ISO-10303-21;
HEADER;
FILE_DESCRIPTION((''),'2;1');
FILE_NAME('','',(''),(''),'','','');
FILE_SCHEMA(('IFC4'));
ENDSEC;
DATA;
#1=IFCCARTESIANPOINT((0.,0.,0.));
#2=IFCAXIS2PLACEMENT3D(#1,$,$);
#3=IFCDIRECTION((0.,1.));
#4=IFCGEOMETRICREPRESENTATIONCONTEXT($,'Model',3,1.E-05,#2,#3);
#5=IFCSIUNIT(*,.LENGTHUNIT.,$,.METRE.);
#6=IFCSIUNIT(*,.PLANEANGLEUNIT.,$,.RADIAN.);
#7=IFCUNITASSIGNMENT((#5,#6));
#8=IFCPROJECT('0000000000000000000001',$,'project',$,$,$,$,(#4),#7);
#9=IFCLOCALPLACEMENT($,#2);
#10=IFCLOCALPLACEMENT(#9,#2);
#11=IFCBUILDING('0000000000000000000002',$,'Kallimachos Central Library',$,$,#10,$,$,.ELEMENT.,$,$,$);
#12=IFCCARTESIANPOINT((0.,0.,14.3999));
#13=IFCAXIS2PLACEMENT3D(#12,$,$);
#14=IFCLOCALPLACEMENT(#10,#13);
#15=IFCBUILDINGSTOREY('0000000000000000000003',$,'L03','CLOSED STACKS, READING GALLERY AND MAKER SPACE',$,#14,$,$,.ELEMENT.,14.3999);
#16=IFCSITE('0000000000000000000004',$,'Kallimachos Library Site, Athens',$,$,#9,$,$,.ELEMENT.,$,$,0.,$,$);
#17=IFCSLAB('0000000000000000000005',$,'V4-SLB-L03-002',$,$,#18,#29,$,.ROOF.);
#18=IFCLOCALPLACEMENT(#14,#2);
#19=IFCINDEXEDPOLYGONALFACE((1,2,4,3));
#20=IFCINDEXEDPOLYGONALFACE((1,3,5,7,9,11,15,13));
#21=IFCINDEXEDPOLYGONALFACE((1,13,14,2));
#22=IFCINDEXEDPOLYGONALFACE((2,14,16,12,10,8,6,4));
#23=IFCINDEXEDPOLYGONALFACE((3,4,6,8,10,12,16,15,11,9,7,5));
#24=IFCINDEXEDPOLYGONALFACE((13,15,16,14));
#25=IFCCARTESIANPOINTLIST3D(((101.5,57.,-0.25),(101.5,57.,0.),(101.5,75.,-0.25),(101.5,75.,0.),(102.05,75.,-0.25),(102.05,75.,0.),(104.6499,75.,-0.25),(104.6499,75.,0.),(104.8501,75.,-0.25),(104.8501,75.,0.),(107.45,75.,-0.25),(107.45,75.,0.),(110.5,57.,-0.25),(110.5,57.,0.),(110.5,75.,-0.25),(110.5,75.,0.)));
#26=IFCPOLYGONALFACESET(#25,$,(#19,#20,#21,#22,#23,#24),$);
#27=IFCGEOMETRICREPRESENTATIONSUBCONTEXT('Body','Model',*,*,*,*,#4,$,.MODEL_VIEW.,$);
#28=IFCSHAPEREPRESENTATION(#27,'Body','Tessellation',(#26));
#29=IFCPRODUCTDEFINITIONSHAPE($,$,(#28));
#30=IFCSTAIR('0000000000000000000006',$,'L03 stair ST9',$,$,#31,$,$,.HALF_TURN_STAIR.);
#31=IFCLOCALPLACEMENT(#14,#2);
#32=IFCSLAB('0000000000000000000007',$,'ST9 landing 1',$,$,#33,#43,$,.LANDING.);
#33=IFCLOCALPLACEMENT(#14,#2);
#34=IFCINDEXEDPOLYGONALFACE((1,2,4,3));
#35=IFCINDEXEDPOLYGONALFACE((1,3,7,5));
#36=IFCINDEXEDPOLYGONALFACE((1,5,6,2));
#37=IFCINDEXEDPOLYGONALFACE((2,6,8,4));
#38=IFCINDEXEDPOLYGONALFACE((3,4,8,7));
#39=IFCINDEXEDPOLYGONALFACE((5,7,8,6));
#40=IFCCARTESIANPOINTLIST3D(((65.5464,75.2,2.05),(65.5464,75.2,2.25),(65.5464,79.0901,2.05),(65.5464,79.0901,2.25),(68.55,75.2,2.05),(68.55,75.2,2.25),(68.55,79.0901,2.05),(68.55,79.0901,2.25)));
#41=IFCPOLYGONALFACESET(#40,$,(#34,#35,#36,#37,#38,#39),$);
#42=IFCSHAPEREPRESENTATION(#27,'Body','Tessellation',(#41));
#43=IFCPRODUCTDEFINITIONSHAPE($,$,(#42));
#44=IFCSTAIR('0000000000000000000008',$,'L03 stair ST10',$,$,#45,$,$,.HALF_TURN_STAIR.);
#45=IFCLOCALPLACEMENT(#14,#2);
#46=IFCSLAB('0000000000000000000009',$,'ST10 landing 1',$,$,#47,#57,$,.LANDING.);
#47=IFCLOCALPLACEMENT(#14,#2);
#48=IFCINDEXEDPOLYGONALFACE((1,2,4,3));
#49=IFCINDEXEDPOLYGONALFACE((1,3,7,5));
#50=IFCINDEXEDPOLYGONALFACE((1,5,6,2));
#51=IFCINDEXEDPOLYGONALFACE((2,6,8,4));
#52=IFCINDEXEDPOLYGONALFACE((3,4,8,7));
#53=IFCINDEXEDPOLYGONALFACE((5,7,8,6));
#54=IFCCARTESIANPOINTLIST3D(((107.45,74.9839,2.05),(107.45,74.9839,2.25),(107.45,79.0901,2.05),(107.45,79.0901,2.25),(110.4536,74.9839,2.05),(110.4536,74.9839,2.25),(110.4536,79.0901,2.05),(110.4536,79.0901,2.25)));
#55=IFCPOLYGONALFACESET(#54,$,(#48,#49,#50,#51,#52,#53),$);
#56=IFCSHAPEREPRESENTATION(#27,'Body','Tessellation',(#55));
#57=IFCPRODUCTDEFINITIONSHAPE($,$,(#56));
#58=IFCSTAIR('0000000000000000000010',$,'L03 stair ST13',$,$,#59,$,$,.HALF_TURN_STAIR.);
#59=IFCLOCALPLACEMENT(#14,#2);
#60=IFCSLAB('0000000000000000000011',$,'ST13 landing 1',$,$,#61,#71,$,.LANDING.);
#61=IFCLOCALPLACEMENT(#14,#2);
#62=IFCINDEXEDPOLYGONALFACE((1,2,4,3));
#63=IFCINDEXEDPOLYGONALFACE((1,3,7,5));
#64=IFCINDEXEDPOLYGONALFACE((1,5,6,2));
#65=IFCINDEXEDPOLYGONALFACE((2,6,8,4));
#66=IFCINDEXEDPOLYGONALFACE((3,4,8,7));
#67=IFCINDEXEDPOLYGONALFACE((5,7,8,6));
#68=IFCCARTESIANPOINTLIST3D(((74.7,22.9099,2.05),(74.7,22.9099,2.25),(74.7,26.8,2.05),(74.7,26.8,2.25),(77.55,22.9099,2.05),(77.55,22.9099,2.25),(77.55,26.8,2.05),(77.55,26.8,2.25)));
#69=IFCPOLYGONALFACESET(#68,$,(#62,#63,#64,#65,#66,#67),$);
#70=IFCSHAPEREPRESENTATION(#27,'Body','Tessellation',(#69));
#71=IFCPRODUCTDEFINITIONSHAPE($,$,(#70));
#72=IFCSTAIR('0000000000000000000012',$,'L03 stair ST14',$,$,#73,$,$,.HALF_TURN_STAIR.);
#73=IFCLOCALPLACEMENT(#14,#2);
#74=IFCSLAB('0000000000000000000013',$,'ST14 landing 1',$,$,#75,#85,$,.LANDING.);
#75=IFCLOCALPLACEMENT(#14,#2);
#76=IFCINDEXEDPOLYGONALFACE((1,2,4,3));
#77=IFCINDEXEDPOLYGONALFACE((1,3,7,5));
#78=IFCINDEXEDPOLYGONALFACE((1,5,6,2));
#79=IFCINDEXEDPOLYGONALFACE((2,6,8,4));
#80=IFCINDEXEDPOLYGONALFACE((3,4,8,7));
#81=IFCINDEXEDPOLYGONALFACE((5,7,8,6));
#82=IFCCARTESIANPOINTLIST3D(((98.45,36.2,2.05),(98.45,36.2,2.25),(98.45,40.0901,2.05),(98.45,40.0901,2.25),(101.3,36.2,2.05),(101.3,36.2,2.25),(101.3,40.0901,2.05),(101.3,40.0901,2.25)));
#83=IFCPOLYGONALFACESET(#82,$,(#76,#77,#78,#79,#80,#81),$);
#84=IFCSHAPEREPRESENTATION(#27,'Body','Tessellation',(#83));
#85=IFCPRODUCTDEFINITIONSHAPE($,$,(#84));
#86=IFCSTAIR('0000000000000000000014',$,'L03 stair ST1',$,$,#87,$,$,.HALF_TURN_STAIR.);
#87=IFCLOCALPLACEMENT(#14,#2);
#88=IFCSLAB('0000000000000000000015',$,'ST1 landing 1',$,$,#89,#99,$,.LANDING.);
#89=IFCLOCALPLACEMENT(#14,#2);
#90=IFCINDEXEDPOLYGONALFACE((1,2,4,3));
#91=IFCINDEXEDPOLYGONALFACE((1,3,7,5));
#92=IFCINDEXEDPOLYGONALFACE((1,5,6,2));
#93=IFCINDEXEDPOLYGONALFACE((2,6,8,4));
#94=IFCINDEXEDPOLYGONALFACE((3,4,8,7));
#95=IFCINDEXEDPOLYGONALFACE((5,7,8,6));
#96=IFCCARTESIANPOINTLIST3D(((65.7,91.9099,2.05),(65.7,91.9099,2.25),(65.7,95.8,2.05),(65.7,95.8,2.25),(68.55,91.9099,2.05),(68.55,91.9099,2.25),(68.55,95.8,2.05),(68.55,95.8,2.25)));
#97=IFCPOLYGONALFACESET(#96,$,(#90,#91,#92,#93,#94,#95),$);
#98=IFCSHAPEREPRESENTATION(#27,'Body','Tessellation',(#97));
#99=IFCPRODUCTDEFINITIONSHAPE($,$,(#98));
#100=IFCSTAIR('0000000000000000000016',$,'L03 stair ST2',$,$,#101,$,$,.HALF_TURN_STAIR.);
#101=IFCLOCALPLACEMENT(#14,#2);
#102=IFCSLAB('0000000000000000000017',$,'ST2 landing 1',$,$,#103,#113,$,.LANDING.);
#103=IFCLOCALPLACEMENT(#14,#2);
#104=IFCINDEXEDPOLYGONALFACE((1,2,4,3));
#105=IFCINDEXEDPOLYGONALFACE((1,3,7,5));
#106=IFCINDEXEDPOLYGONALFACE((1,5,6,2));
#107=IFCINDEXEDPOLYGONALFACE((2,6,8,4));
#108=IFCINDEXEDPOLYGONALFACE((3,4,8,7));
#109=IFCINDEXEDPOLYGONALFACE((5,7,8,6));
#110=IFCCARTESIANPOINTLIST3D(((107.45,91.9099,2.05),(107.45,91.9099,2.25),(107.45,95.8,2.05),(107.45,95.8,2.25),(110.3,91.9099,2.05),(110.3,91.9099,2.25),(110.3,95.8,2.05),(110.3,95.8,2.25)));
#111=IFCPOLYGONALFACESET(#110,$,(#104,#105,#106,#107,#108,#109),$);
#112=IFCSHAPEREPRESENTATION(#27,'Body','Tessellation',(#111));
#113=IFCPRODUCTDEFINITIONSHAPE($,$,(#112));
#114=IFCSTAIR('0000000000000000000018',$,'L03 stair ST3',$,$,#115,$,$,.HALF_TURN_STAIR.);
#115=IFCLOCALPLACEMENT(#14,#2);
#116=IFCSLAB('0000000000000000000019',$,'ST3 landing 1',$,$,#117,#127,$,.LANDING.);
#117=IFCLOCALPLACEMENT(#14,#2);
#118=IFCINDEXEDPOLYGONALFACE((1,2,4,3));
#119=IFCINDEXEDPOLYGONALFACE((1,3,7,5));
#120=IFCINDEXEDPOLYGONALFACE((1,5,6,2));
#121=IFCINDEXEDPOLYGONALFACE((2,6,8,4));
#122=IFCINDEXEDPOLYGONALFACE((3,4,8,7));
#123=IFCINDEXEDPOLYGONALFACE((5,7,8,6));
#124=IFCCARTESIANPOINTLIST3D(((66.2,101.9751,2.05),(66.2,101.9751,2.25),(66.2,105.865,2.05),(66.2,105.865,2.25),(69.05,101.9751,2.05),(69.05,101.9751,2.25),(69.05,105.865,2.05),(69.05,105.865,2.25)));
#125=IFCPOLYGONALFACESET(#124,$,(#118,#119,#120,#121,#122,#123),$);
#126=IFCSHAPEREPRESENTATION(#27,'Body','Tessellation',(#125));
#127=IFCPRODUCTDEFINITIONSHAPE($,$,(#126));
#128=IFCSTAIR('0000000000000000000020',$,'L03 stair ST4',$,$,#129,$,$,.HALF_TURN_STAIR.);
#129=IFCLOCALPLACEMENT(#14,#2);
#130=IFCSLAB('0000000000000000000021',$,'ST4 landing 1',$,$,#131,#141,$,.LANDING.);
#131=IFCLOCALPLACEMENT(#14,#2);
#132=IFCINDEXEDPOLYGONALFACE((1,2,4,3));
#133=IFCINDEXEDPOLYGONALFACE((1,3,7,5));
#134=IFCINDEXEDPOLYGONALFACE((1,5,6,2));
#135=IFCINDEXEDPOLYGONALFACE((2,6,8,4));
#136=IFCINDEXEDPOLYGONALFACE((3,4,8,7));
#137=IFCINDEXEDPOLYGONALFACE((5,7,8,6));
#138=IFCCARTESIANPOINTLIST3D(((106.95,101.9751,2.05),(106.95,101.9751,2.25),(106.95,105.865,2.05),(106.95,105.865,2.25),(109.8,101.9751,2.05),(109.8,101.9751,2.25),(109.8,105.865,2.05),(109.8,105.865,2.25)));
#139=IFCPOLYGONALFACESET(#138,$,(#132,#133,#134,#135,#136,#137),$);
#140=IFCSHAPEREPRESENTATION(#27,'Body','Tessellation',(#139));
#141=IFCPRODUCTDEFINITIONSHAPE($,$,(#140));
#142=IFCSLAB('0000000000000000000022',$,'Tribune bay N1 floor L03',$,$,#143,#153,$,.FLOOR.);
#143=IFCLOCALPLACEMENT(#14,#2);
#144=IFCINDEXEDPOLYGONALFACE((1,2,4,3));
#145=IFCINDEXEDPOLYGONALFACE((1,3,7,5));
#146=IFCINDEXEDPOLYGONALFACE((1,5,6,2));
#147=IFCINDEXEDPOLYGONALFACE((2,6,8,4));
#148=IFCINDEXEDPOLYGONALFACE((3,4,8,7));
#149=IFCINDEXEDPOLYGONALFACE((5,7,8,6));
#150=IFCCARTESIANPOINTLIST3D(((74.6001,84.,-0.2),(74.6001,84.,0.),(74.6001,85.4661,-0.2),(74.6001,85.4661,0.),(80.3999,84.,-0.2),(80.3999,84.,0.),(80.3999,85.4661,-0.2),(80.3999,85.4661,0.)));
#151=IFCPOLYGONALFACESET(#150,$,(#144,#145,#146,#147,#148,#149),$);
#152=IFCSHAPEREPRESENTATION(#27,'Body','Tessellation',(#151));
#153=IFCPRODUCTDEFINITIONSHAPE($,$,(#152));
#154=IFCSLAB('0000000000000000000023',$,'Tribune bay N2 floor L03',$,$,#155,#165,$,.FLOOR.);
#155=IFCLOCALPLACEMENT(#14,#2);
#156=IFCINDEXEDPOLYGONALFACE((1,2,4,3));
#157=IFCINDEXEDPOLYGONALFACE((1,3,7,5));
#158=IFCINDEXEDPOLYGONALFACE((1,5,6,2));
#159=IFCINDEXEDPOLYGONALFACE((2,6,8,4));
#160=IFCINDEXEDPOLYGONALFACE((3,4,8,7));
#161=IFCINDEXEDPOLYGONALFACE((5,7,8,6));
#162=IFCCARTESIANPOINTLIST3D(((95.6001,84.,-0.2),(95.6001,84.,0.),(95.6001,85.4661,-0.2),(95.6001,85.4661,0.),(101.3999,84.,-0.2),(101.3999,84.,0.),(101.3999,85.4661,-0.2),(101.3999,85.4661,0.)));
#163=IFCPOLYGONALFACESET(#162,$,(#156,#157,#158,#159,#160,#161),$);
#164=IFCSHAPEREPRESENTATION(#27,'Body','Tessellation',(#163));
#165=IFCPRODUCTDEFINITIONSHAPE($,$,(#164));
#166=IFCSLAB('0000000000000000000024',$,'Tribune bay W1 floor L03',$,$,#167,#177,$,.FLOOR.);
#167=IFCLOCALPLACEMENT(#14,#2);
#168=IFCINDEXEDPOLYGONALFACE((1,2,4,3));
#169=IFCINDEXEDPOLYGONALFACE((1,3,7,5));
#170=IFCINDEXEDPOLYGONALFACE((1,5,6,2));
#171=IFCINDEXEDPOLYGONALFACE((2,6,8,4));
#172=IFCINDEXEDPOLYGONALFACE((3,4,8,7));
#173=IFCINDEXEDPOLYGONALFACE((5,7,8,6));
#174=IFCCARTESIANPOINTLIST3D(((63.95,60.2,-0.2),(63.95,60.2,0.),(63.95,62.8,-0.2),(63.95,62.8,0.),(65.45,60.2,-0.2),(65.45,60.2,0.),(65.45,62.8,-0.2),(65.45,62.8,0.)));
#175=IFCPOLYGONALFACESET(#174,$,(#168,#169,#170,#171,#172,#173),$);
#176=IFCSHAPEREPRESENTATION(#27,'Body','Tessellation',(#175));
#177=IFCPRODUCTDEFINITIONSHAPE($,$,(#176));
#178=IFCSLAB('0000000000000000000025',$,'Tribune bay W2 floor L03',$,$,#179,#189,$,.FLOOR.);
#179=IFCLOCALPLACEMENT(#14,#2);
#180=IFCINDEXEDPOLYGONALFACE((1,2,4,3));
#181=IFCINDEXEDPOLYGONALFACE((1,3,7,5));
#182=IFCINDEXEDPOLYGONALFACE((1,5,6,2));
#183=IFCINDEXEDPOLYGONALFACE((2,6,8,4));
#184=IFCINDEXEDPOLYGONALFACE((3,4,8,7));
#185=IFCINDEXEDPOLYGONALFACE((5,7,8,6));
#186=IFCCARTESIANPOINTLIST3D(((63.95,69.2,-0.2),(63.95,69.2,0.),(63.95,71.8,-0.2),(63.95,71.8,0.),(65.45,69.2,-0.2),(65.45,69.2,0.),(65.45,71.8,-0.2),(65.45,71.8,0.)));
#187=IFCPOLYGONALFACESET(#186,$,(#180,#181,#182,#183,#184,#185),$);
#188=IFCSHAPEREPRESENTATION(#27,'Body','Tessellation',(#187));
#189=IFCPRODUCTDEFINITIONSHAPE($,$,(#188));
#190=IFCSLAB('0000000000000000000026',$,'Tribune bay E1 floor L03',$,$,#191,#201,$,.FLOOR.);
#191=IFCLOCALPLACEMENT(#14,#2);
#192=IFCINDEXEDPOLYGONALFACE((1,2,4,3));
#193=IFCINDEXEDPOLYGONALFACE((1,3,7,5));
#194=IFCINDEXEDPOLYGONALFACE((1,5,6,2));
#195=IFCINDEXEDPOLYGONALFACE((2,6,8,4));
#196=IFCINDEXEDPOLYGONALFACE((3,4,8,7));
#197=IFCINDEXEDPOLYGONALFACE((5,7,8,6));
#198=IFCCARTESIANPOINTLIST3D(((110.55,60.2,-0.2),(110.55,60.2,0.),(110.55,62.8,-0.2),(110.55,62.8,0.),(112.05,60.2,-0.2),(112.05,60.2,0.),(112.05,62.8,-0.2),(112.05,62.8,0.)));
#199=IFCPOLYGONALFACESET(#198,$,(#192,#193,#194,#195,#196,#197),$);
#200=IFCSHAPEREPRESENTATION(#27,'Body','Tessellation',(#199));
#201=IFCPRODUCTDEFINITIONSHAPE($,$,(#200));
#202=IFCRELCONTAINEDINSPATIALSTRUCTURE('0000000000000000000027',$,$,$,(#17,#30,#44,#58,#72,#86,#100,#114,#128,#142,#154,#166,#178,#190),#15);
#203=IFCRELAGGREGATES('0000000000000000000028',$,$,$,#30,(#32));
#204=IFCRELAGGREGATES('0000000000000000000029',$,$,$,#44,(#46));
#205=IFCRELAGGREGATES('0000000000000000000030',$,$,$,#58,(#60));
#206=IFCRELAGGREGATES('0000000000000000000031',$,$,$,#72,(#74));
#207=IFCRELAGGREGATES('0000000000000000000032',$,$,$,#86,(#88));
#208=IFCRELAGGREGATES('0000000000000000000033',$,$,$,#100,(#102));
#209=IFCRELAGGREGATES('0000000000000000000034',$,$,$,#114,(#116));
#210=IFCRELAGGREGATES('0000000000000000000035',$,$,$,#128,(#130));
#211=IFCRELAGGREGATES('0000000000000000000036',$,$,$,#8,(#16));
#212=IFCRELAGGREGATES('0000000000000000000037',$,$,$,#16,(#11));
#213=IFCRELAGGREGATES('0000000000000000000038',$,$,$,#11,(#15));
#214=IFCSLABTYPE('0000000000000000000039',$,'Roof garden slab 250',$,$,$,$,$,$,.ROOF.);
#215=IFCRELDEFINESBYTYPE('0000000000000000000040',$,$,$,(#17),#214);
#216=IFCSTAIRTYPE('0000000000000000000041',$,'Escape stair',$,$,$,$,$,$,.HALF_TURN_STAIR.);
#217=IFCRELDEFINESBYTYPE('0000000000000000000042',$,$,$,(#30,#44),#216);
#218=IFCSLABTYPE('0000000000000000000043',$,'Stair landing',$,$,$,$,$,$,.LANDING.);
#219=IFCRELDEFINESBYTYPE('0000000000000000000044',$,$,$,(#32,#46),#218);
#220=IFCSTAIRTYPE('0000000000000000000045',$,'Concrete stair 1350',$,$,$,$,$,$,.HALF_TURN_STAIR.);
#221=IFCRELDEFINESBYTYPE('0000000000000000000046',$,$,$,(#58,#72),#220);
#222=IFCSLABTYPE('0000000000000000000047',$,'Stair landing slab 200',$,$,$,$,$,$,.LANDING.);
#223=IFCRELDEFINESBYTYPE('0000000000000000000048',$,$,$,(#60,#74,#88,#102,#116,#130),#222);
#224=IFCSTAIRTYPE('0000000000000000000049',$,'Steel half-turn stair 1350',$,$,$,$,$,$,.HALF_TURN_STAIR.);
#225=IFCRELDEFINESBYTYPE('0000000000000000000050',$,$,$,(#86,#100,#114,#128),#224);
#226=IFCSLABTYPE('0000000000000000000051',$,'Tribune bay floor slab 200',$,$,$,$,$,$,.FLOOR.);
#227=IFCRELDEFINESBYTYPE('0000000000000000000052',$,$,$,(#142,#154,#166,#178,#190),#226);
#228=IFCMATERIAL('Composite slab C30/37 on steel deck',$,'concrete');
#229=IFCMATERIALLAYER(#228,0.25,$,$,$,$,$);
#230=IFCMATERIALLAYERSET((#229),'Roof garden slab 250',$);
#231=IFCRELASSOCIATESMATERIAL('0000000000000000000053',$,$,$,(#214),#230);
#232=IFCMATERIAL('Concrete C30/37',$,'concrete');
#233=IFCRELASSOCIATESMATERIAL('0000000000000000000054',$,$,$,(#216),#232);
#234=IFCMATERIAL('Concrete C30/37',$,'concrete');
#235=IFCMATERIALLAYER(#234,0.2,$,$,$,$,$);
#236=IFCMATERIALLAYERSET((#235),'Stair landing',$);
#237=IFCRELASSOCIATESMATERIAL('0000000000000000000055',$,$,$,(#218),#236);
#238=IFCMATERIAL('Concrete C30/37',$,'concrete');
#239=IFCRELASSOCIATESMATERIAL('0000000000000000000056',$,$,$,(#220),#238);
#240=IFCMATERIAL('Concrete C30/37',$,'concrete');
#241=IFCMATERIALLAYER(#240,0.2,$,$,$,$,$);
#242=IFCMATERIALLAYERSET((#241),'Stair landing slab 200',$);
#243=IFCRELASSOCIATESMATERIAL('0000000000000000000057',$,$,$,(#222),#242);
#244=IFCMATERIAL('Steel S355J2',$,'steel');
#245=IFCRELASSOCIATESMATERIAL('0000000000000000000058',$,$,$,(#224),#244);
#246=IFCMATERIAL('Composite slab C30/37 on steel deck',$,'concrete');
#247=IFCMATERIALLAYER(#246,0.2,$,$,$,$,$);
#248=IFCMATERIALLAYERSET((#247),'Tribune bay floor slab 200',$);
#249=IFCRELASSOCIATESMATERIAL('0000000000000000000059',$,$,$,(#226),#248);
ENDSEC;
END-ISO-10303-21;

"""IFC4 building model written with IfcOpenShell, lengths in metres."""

from ifc_helpers import new_model, si_unit, direction, frame, origin, place, context, subcontext, project, spatial, polyline, outline, extrude, material, layer, layer_set, type_object, element, aggregate, save


model = new_model("IFC4")

# Units and contexts
model_context = context("Model", 3, precision=1e-05, world=origin(), true_north=direction((0.0, 1.0)))
body_context = subcontext(model_context, "Body", "Model", "MODEL_VIEW")
ifc_project = project(units=[si_unit("LENGTHUNIT", "METRE"), si_unit("PLANEANGLEUNIT", "RADIAN")], contexts=[model_context])

# Site, building, storey
site_placement = place(None, origin())
site = spatial("IfcSite", under=ifc_project, at=site_placement, Name="Kallimachos Library Site, Athens", CompositionType="ELEMENT", RefElevation=0.0)
building_placement = place(site_placement, origin())
building = spatial("IfcBuilding", under=site, at=building_placement, Name="Kallimachos Central Library", CompositionType="ELEMENT")
storey_placement = place(building_placement, frame((0.0, 0.0, 14.3999)))
storey = spatial("IfcBuildingStorey", under=building, at=storey_placement, Name="L03", Description="CLOSED STACKS, READING GALLERY AND MAKER SPACE", CompositionType="ELEMENT", Elevation=14.3999)

# Slab
ifc_material_1 = material(Name="Composite slab C30/37 on steel deck", Category="concrete")
ifc_layer_1 = layer(ifc_material_1, 0.25)
ifc_layer_set_1 = layer_set([ifc_layer_1], Name="Roof garden slab 250")
slab_type_1 = type_object("IfcSlabType", Name="Roof garden slab 250", PredefinedType="ROOF", material=ifc_layer_set_1)
slab_1_placement = place(storey_placement, frame((0.0, 0.0, -0.25)))
element("IfcSlab", 1, at=slab_1_placement, inside=storey, type_object=slab_type_1, Name="V4-SLB-L03-002", PredefinedType="ROOF", context=body_context, shape_type="SweptSolid", body=[
    extrude(outline(polyline([(101.5, 75.0), (102.05, 75.0), (104.6499, 75.0), (104.8501, 75.0), (107.45, 75.0), (110.5, 75.0), (110.5, 57.0), (101.5, 57.0), (101.5, 75.0)])), origin(), (0.0, 0.0, 1.0), 0.25),
])

# Stairs, slabs
ifc_material_2 = material(Name="Concrete C30/37", Category="concrete")
stair_type_1 = type_object("IfcStairType", Name="Escape stair", PredefinedType="HALF_TURN_STAIR", material=ifc_material_2)
stair_1_placement = place(storey_placement, origin())
stair_1 = element("IfcStair", 2, at=stair_1_placement, inside=storey, type_object=stair_type_1, Name="L03 stair ST9", PredefinedType="HALF_TURN_STAIR")
ifc_material_3 = material(Name="Concrete C30/37", Category="concrete")
ifc_layer_2 = layer(ifc_material_3, 0.2)
ifc_layer_set_2 = layer_set([ifc_layer_2], Name="Stair landing")
slab_type_2 = type_object("IfcSlabType", Name="Stair landing", PredefinedType="LANDING", material=ifc_layer_set_2)
slab_2_placement = place(storey_placement, frame((0.0, 0.0, 2.05)))
slab_2 = element("IfcSlab", 3, at=slab_2_placement, type_object=slab_type_2, Name="ST9 landing 1", PredefinedType="LANDING", context=body_context, shape_type="SweptSolid", body=[
    extrude(outline(polyline([(65.5464, 75.2), (68.55, 75.2), (68.55, 79.0901), (65.5464, 79.0901), (65.5464, 75.2)])), origin(), (0.0, 0.0, 1.0), 0.2),
])
aggregate(stair_1, [slab_2])
stair_2_placement = place(storey_placement, origin())
stair_2 = element("IfcStair", 4, at=stair_2_placement, inside=storey, type_object=stair_type_1, Name="L03 stair ST10", PredefinedType="HALF_TURN_STAIR")
slab_3_placement = place(storey_placement, frame((0.0, 0.0, 2.05)))
slab_3 = element("IfcSlab", 5, at=slab_3_placement, type_object=slab_type_2, Name="ST10 landing 1", PredefinedType="LANDING", context=body_context, shape_type="SweptSolid", body=[
    extrude(outline(polyline([(107.45, 74.9839), (110.4536, 74.9839), (110.4536, 79.0901), (107.45, 79.0901), (107.45, 74.9839)])), origin(), (0.0, 0.0, 1.0), 0.2),
])
aggregate(stair_2, [slab_3])
ifc_material_4 = material(Name="Concrete C30/37", Category="concrete")
stair_type_2 = type_object("IfcStairType", Name="Concrete stair 1350", PredefinedType="HALF_TURN_STAIR", material=ifc_material_4)
stair_3_placement = place(storey_placement, origin())
stair_3 = element("IfcStair", 6, at=stair_3_placement, inside=storey, type_object=stair_type_2, Name="L03 stair ST13", PredefinedType="HALF_TURN_STAIR")
ifc_material_5 = material(Name="Concrete C30/37", Category="concrete")
ifc_layer_3 = layer(ifc_material_5, 0.2)
ifc_layer_set_3 = layer_set([ifc_layer_3], Name="Stair landing slab 200")
slab_type_3 = type_object("IfcSlabType", Name="Stair landing slab 200", PredefinedType="LANDING", material=ifc_layer_set_3)
slab_4_placement = place(storey_placement, frame((0.0, 0.0, 2.05)))
slab_4 = element("IfcSlab", 7, at=slab_4_placement, type_object=slab_type_3, Name="ST13 landing 1", PredefinedType="LANDING", context=body_context, shape_type="SweptSolid", body=[
    extrude(outline(polyline([(77.55, 22.9099), (77.55, 26.8), (74.7, 26.8), (74.7, 22.9099), (77.55, 22.9099)])), origin(), (0.0, 0.0, 1.0), 0.2),
])
aggregate(stair_3, [slab_4])
stair_4_placement = place(storey_placement, origin())
stair_4 = element("IfcStair", 8, at=stair_4_placement, inside=storey, type_object=stair_type_2, Name="L03 stair ST14", PredefinedType="HALF_TURN_STAIR")
slab_5_placement = place(storey_placement, frame((0.0, 0.0, 2.05)))
slab_5 = element("IfcSlab", 9, at=slab_5_placement, type_object=slab_type_3, Name="ST14 landing 1", PredefinedType="LANDING", context=body_context, shape_type="SweptSolid", body=[
    extrude(outline(polyline([(98.45, 40.0901), (98.45, 36.2), (101.3, 36.2), (101.3, 40.0901), (98.45, 40.0901)])), origin(), (0.0, 0.0, 1.0), 0.2),
])
aggregate(stair_4, [slab_5])
ifc_material_6 = material(Name="Steel S355J2", Category="steel")
stair_type_3 = type_object("IfcStairType", Name="Steel half-turn stair 1350", PredefinedType="HALF_TURN_STAIR", material=ifc_material_6)
stair_5_placement = place(storey_placement, origin())
stair_5 = element("IfcStair", 10, at=stair_5_placement, inside=storey, type_object=stair_type_3, Name="L03 stair ST1", PredefinedType="HALF_TURN_STAIR")
slab_6_placement = place(storey_placement, frame((0.0, 0.0, 2.05)))
slab_6 = element("IfcSlab", 11, at=slab_6_placement, type_object=slab_type_3, Name="ST1 landing 1", PredefinedType="LANDING", context=body_context, shape_type="SweptSolid", body=[
    extrude(outline(polyline([(68.55, 91.9099), (68.55, 95.8), (65.7, 95.8), (65.7, 91.9099), (68.55, 91.9099)])), origin(), (0.0, 0.0, 1.0), 0.2),
])
aggregate(stair_5, [slab_6])
stair_6_placement = place(storey_placement, origin())
stair_6 = element("IfcStair", 12, at=stair_6_placement, inside=storey, type_object=stair_type_3, Name="L03 stair ST2", PredefinedType="HALF_TURN_STAIR")
slab_7_placement = place(storey_placement, frame((0.0, 0.0, 2.05)))
slab_7 = element("IfcSlab", 13, at=slab_7_placement, type_object=slab_type_3, Name="ST2 landing 1", PredefinedType="LANDING", context=body_context, shape_type="SweptSolid", body=[
    extrude(outline(polyline([(110.3, 91.9099), (110.3, 95.8), (107.45, 95.8), (107.45, 91.9099), (110.3, 91.9099)])), origin(), (0.0, 0.0, 1.0), 0.2),
])
aggregate(stair_6, [slab_7])
stair_7_placement = place(storey_placement, origin())
stair_7 = element("IfcStair", 14, at=stair_7_placement, inside=storey, type_object=stair_type_3, Name="L03 stair ST3", PredefinedType="HALF_TURN_STAIR")
slab_8_placement = place(storey_placement, frame((0.0, 0.0, 2.05)))
slab_8 = element("IfcSlab", 15, at=slab_8_placement, type_object=slab_type_3, Name="ST3 landing 1", PredefinedType="LANDING", context=body_context, shape_type="SweptSolid", body=[
    extrude(outline(polyline([(66.2, 105.865), (66.2, 101.9751), (69.05, 101.9751), (69.05, 105.865), (66.2, 105.865)])), origin(), (0.0, 0.0, 1.0), 0.2),
])
aggregate(stair_7, [slab_8])
stair_8_placement = place(storey_placement, origin())
stair_8 = element("IfcStair", 16, at=stair_8_placement, inside=storey, type_object=stair_type_3, Name="L03 stair ST4", PredefinedType="HALF_TURN_STAIR")
slab_9_placement = place(storey_placement, frame((0.0, 0.0, 2.05)))
slab_9 = element("IfcSlab", 17, at=slab_9_placement, type_object=slab_type_3, Name="ST4 landing 1", PredefinedType="LANDING", context=body_context, shape_type="SweptSolid", body=[
    extrude(outline(polyline([(106.95, 105.865), (106.95, 101.9751), (109.8, 101.9751), (109.8, 105.865), (106.95, 105.865)])), origin(), (0.0, 0.0, 1.0), 0.2),
])
aggregate(stair_8, [slab_9])

# Slabs
ifc_material_7 = material(Name="Composite slab C30/37 on steel deck", Category="concrete")
ifc_layer_4 = layer(ifc_material_7, 0.2)
ifc_layer_set_4 = layer_set([ifc_layer_4], Name="Tribune bay floor slab 200")
slab_type_4 = type_object("IfcSlabType", Name="Tribune bay floor slab 200", PredefinedType="FLOOR", material=ifc_layer_set_4)
slab_10_placement = place(storey_placement, frame((0.0, 0.0, -0.2)))
element("IfcSlab", 18, at=slab_10_placement, inside=storey, type_object=slab_type_4, Name="Tribune bay N1 floor L03", PredefinedType="FLOOR", context=body_context, shape_type="SweptSolid", body=[
    extrude(outline(polyline([(74.6001, 85.4661), (80.3999, 85.4661), (80.3999, 84.0), (74.6001, 84.0), (74.6001, 85.4661)])), origin(), (0.0, 0.0, 1.0), 0.2),
])
slab_11_placement = place(storey_placement, frame((0.0, 0.0, -0.2)))
element("IfcSlab", 19, at=slab_11_placement, inside=storey, type_object=slab_type_4, Name="Tribune bay N2 floor L03", PredefinedType="FLOOR", context=body_context, shape_type="SweptSolid", body=[
    extrude(outline(polyline([(95.6001, 85.4661), (101.3999, 85.4661), (101.3999, 84.0), (95.6001, 84.0), (95.6001, 85.4661)])), origin(), (0.0, 0.0, 1.0), 0.2),
])
slab_12_placement = place(storey_placement, frame((0.0, 0.0, -0.2)))
element("IfcSlab", 20, at=slab_12_placement, inside=storey, type_object=slab_type_4, Name="Tribune bay W1 floor L03", PredefinedType="FLOOR", context=body_context, shape_type="SweptSolid", body=[
    extrude(outline(polyline([(65.45, 60.2), (65.45, 62.8), (63.95, 62.8), (63.95, 60.2), (65.45, 60.2)])), origin(), (0.0, 0.0, 1.0), 0.2),
])
slab_13_placement = place(storey_placement, frame((0.0, 0.0, -0.2)))
element("IfcSlab", 21, at=slab_13_placement, inside=storey, type_object=slab_type_4, Name="Tribune bay W2 floor L03", PredefinedType="FLOOR", context=body_context, shape_type="SweptSolid", body=[
    extrude(outline(polyline([(65.45, 69.2), (65.45, 71.8), (63.95, 71.8), (63.95, 69.2), (65.45, 69.2)])), origin(), (0.0, 0.0, 1.0), 0.2),
])
slab_14_placement = place(storey_placement, frame((0.0, 0.0, -0.2)))
element("IfcSlab", 22, at=slab_14_placement, inside=storey, type_object=slab_type_4, Name="Tribune bay E1 floor L03", PredefinedType="FLOOR", context=body_context, shape_type="SweptSolid", body=[
    extrude(outline(polyline([(110.55, 60.2), (110.55, 62.8), (112.05, 62.8), (112.05, 60.2), (110.55, 60.2)])), origin(), (0.0, 0.0, 1.0), 0.2),
])

save(model, "model.ifc")
